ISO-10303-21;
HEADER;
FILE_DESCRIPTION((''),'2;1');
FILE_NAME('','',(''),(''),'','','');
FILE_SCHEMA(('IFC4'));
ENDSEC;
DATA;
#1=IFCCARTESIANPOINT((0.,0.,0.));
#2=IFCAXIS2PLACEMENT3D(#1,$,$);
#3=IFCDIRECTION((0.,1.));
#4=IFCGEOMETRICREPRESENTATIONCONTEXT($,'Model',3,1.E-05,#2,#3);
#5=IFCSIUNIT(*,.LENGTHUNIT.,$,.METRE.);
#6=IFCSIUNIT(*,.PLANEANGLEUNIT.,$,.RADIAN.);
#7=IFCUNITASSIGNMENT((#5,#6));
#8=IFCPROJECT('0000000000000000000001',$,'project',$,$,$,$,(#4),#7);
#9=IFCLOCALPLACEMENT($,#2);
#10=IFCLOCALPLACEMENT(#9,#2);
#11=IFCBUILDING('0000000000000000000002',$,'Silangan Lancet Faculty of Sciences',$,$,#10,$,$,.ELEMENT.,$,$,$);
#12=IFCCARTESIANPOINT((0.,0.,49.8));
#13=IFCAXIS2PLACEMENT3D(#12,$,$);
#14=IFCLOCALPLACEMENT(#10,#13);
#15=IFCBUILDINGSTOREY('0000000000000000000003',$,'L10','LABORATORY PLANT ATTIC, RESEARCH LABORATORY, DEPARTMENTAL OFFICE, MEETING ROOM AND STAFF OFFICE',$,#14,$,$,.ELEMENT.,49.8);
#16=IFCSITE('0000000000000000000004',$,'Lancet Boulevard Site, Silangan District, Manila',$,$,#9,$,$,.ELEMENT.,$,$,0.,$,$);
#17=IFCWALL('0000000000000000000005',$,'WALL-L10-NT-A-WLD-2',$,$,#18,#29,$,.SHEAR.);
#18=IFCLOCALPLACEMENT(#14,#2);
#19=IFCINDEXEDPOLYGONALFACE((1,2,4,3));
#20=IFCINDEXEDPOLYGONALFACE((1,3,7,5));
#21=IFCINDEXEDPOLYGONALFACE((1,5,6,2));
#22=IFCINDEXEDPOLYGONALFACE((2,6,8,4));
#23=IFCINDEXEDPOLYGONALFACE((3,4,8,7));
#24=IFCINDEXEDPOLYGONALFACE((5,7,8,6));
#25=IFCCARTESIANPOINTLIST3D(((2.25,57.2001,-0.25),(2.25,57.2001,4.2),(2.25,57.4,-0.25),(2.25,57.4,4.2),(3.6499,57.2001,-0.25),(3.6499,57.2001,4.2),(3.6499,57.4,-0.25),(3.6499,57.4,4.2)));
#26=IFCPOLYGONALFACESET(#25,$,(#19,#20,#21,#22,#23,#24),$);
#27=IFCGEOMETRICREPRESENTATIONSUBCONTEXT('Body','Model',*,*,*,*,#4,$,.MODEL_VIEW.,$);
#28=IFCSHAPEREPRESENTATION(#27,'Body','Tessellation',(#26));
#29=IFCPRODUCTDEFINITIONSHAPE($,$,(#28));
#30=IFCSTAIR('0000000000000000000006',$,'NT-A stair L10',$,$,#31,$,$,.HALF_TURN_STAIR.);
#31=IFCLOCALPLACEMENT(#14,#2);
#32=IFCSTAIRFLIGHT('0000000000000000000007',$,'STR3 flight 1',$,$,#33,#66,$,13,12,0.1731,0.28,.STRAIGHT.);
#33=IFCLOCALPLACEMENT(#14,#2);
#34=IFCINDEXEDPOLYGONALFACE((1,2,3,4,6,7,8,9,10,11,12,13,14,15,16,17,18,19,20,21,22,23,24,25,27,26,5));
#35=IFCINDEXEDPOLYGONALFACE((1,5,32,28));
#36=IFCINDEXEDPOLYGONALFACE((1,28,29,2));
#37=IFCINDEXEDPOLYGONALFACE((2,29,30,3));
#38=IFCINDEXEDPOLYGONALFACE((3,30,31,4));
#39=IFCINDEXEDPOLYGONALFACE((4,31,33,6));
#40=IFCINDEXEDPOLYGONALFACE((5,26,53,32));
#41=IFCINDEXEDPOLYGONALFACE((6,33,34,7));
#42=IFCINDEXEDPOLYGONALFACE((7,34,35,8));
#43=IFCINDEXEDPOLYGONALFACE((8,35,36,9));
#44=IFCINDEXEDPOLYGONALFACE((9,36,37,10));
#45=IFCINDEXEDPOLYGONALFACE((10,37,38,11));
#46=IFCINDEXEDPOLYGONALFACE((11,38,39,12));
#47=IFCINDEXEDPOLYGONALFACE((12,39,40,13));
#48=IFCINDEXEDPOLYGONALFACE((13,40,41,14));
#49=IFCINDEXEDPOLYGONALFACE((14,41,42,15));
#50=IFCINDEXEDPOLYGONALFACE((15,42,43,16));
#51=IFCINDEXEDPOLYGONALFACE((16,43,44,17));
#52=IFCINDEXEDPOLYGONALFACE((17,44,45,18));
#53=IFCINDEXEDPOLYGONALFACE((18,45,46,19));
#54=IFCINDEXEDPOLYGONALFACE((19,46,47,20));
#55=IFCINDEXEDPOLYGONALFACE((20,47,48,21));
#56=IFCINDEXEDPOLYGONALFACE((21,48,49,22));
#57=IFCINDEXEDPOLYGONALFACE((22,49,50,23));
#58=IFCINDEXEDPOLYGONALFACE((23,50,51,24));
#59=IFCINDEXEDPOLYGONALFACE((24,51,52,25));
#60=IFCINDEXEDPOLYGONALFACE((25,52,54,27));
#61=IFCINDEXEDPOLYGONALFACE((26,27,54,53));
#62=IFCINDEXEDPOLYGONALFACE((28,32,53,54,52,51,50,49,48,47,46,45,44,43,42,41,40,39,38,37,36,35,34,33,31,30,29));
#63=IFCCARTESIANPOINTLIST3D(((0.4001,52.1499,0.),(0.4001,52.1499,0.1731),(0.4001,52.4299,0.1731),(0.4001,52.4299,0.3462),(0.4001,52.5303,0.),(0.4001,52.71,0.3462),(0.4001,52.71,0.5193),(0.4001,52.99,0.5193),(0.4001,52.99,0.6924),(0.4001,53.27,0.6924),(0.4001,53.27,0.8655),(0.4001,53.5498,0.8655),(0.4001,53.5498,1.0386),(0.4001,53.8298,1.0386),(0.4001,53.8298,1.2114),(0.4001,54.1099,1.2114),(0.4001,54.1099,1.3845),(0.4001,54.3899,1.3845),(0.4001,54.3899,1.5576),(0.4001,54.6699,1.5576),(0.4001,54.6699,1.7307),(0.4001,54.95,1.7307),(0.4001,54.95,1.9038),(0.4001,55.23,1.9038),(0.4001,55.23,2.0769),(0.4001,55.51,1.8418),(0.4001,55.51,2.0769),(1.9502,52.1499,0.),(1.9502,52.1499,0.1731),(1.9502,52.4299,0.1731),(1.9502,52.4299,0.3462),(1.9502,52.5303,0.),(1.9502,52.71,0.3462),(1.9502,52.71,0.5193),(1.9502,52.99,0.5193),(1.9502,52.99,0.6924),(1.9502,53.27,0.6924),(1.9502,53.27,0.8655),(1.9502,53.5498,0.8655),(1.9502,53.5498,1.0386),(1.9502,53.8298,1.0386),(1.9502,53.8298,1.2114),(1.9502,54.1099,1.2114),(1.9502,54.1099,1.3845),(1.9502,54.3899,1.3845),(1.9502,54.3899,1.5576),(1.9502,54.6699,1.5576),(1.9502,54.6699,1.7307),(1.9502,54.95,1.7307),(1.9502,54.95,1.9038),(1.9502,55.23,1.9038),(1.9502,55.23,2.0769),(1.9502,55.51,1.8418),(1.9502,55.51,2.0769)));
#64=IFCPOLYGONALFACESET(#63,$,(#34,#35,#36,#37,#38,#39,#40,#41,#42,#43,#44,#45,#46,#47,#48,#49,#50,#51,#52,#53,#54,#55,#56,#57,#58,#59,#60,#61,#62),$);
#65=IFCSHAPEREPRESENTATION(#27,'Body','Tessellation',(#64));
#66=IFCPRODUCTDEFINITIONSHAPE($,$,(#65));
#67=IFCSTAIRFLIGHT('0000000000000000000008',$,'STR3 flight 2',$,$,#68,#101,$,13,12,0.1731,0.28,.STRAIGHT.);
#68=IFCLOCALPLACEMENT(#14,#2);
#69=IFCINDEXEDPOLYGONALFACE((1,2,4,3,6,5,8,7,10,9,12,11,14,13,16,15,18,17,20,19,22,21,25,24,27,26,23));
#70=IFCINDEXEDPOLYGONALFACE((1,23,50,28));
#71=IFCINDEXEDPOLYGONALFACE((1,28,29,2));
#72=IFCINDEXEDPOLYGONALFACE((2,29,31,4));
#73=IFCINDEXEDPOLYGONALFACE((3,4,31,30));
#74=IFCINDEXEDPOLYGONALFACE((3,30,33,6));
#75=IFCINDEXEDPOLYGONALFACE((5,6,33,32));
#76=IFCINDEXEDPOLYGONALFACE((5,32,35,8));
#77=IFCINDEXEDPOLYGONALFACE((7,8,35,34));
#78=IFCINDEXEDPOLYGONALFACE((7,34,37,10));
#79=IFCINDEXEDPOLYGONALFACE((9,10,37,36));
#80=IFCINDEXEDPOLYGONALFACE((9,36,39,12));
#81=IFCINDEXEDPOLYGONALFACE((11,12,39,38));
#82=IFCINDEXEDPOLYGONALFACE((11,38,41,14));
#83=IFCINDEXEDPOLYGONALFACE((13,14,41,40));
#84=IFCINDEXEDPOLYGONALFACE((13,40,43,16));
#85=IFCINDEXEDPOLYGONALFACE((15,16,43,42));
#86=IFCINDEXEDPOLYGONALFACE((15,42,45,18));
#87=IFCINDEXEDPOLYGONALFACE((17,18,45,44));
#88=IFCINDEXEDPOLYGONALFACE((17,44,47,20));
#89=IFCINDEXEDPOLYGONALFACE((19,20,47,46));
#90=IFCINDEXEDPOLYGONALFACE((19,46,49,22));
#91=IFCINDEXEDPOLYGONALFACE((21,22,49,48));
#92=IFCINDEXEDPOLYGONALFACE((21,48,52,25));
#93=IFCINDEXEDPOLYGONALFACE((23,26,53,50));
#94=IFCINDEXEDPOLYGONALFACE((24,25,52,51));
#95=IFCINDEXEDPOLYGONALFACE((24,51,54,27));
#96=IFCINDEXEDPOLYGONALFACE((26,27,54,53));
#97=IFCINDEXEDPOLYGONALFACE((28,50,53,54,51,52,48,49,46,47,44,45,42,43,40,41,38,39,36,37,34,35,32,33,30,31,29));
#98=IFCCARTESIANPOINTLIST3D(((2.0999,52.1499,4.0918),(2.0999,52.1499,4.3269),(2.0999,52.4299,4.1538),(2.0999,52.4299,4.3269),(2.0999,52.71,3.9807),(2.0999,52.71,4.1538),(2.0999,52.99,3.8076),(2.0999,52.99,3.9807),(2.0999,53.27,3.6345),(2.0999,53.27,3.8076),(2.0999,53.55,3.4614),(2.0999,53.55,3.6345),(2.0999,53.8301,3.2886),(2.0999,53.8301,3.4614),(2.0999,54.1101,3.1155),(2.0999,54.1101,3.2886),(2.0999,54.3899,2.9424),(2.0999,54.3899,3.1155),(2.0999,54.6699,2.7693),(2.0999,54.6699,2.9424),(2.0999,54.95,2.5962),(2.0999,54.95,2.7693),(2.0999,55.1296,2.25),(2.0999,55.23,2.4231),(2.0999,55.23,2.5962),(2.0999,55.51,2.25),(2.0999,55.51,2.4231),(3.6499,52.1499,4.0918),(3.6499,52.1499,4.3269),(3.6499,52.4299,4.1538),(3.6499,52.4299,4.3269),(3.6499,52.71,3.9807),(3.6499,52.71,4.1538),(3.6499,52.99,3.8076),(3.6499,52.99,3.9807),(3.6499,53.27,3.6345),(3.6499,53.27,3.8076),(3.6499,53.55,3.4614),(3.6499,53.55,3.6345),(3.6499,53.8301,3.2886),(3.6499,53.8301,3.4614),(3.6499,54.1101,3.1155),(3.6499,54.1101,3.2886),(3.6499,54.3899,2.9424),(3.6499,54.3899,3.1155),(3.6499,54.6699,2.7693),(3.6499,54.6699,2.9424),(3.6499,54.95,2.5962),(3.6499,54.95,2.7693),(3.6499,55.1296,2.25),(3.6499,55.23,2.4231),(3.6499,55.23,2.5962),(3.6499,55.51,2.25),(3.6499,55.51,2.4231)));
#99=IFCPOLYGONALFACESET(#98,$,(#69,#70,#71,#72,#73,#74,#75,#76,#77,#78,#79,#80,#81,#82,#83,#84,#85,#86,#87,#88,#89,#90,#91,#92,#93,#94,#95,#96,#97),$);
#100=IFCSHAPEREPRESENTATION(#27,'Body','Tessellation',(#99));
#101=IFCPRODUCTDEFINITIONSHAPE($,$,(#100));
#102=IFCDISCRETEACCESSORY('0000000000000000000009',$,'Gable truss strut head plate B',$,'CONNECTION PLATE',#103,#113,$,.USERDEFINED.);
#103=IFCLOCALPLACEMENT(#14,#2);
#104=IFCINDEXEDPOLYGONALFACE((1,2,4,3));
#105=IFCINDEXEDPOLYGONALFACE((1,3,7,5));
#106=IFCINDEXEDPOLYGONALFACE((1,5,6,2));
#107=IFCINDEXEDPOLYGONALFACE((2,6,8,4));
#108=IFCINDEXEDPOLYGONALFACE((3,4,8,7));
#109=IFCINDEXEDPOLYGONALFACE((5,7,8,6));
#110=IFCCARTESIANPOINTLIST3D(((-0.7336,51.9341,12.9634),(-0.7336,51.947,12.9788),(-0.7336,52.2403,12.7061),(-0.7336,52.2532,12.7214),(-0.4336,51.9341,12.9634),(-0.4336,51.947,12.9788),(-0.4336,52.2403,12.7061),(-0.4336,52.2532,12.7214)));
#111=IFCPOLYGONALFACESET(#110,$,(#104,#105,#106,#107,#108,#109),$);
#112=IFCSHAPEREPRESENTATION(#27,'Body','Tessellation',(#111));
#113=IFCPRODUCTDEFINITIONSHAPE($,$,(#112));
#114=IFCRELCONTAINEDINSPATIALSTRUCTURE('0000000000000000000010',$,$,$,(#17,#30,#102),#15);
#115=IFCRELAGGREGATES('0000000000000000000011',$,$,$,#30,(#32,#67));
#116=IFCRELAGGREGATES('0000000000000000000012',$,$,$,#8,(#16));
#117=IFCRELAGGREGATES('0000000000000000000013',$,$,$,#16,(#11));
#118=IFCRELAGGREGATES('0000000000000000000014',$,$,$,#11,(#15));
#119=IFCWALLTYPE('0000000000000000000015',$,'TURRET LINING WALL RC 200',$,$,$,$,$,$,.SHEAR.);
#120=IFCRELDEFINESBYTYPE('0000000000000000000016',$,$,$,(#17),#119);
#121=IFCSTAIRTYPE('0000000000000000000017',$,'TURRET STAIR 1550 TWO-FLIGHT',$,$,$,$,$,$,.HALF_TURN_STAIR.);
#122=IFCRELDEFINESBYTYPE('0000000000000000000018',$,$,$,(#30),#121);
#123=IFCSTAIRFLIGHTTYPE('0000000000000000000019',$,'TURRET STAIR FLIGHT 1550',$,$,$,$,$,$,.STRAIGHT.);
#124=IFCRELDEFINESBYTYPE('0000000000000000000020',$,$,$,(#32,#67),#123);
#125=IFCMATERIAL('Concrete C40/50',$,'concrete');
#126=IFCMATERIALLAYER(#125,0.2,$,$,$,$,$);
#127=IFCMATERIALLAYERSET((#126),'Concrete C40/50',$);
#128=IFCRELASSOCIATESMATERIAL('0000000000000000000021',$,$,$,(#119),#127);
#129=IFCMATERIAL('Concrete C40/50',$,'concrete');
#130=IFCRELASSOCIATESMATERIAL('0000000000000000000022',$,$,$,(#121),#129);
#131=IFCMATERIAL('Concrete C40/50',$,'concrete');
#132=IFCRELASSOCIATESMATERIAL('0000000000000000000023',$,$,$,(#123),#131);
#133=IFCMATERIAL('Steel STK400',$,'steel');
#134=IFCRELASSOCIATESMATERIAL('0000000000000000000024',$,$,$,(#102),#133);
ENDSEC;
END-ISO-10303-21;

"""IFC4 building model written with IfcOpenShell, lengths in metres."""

from ifc_helpers import new_model, si_unit, direction, frame, frame_2d, origin, place, context, subcontext, project, spatial, polyline, rectangle, outline, extrude, material, layer, layer_set, type_object, element, aggregate, save


model = new_model("IFC4")

# Units and contexts
model_context = context("Model", 3, precision=1e-05, world=origin(), true_north=direction((0.0, 1.0)))
body_context = subcontext(model_context, "Body", "Model", "MODEL_VIEW")
ifc_project = project(units=[si_unit("LENGTHUNIT", "METRE"), si_unit("PLANEANGLEUNIT", "RADIAN")], contexts=[model_context])

# Site, building, storey
site_placement = place(None, origin())
site = spatial("IfcSite", under=ifc_project, at=site_placement, Name="Lancet Boulevard Site, Silangan District, Manila", CompositionType="ELEMENT", RefElevation=0.0)
building_placement = place(site_placement, origin())
building = spatial("IfcBuilding", under=site, at=building_placement, Name="Silangan Lancet Faculty of Sciences", CompositionType="ELEMENT")
storey_placement = place(building_placement, frame((0.0, 0.0, 49.8)))
storey = spatial("IfcBuildingStorey", under=building, at=storey_placement, Name="L10", Description="LABORATORY PLANT ATTIC, RESEARCH LABORATORY, DEPARTMENTAL OFFICE, MEETING ROOM AND STAFF OFFICE", CompositionType="ELEMENT", Elevation=49.8)

# Wall
ifc_material_1 = material(Name="Concrete C40/50", Category="concrete")
ifc_layer_1 = layer(ifc_material_1, 0.2)
ifc_layer_set_1 = layer_set([ifc_layer_1], Name="Concrete C40/50")
wall_type_1 = type_object("IfcWallType", Name="TURRET LINING WALL RC 200", PredefinedType="SHEAR", material=ifc_layer_set_1)
wall_1_placement = place(storey_placement, frame((2.25, 57.3, -0.25), z_axis=(0.0, 0.0, 1.0), x_axis=(1.0, 0.0, 0.0)))
element("IfcWall", 1, at=wall_1_placement, inside=storey, type_object=wall_type_1, Name="WALL-L10-NT-A-WLD-2", PredefinedType="SHEAR", context=body_context, shape_type="SweptSolid", body=[
    extrude(rectangle(XDim=1.3999, YDim=0.2, at=frame_2d((0.7, 0.0))), origin(), (0.0, 0.0, 1.0), 4.45),
])

# Stair, stair flights
ifc_material_2 = material(Name="Concrete C40/50", Category="concrete")
stair_type = type_object("IfcStairType", Name="TURRET STAIR 1550 TWO-FLIGHT", PredefinedType="HALF_TURN_STAIR", material=ifc_material_2)
stair_placement = place(storey_placement, origin())
stair = element("IfcStair", 2, at=stair_placement, inside=storey, type_object=stair_type, Name="NT-A stair L10", PredefinedType="HALF_TURN_STAIR")
ifc_material_3 = material(Name="Concrete C40/50", Category="concrete")
stair_flight_type = type_object("IfcStairFlightType", Name="TURRET STAIR FLIGHT 1550", PredefinedType="STRAIGHT", material=ifc_material_3)
stair_flight_1_placement = place(storey_placement, frame((1.175, 52.1499, 0.0), z_axis=(0.0, 0.0, 1.0), x_axis=(0.0, 1.0, 0.0)))
stair_flight_1 = element("IfcStairFlight", 3, at=stair_flight_1_placement, type_object=stair_flight_type, Name="STR3 flight 1", NumberOfRisers=13, NumberOfTreads=12, PredefinedType="STRAIGHT", RiserHeight=0.1731, TreadLength=0.28, context=body_context, shape_type="SweptSolid", body=[
    extrude(outline(polyline([(0.0, 0.0), (0.0, 0.1731), (0.28, 0.1731), (0.28, 0.3462), (0.5601, 0.3462), (0.5601, 0.5193), (0.8401, 0.5193), (0.8401, 0.6924), (1.1201, 0.6924), (1.1201, 0.8655), (1.3999, 0.8655), (1.3999, 1.0386), (1.6799, 1.0386), (1.6799, 1.2114), (1.96, 1.2114), (1.96, 1.3845), (2.24, 1.3845), (2.24, 1.5576), (2.52, 1.5576), (2.52, 1.7307), (2.8, 1.7307), (2.8, 1.9038), (3.0801, 1.9038), (3.0801, 2.0769), (3.3601, 2.0769), (3.3601, 2.25), (3.3601, 1.8418), (0.3804, 0.0), (0.0, 0.0)])), frame((0.0, 0.7749, 0.0), z_axis=(0.0, -1.0, 0.0), x_axis=(1.0, 0.0, 0.0)), (0.0, 0.0, 1.0), 1.55),
])
stair_flight_2_placement = place(storey_placement, frame((2.875, 55.51, 2.25), z_axis=(0.0, 0.0, 1.0), x_axis=(0.0, -1.0, 0.0)))
stair_flight_2 = element("IfcStairFlight", 4, at=stair_flight_2_placement, type_object=stair_flight_type, Name="STR3 flight 2", NumberOfRisers=13, NumberOfTreads=12, PredefinedType="STRAIGHT", RiserHeight=0.1731, TreadLength=0.28, context=body_context, shape_type="SweptSolid", body=[
    extrude(outline(polyline([(0.0, 0.0), (0.0, 0.1731), (0.28, 0.1731), (0.28, 0.3462), (0.5601, 0.3462), (0.5601, 0.5193), (0.8401, 0.5193), (0.8401, 0.6924), (1.1201, 0.6924), (1.1201, 0.8655), (1.3999, 0.8655), (1.3999, 1.0386), (1.6799, 1.0386), (1.6799, 1.2114), (1.96, 1.2114), (1.96, 1.3845), (2.24, 1.3845), (2.24, 1.5576), (2.52, 1.5576), (2.52, 1.7307), (2.8, 1.7307), (2.8, 1.9038), (3.0801, 1.9038), (3.0801, 2.0769), (3.3601, 2.0769), (3.3601, 2.25), (3.3601, 1.8418), (0.3804, 0.0), (0.0, 0.0)])), frame((0.0, 0.7749, 0.0), z_axis=(0.0, -1.0, 0.0), x_axis=(1.0, 0.0, 0.0)), (0.0, 0.0, 1.0), 1.55),
])
aggregate(stair, [stair_flight_1, stair_flight_2])

# Discrete accessory
ifc_material_4 = material(Name="Steel STK400", Category="steel")
discrete_accessory_placement = place(storey_placement, frame((-0.7336, 51.947, 12.9788), z_axis=(0.0, 0.643421, 0.765512), x_axis=(1.0, 0.0, 0.0)))
element("IfcDiscreteAccessory", 5, at=discrete_accessory_placement, inside=storey, material=ifc_material_4, Name="Gable truss strut head plate B", ObjectType="CONNECTION PLATE", PredefinedType="USERDEFINED", context=body_context, shape_type="SweptSolid", body=[
    extrude(outline(polyline([(0.0, 0.0), (0.3, 0.0), (0.3, 0.3999), (0.0, 0.3999), (0.0, 0.0)])), origin(), (0.0, 0.0, -1.0), 0.02),
])

save(model, "model.ifc")
